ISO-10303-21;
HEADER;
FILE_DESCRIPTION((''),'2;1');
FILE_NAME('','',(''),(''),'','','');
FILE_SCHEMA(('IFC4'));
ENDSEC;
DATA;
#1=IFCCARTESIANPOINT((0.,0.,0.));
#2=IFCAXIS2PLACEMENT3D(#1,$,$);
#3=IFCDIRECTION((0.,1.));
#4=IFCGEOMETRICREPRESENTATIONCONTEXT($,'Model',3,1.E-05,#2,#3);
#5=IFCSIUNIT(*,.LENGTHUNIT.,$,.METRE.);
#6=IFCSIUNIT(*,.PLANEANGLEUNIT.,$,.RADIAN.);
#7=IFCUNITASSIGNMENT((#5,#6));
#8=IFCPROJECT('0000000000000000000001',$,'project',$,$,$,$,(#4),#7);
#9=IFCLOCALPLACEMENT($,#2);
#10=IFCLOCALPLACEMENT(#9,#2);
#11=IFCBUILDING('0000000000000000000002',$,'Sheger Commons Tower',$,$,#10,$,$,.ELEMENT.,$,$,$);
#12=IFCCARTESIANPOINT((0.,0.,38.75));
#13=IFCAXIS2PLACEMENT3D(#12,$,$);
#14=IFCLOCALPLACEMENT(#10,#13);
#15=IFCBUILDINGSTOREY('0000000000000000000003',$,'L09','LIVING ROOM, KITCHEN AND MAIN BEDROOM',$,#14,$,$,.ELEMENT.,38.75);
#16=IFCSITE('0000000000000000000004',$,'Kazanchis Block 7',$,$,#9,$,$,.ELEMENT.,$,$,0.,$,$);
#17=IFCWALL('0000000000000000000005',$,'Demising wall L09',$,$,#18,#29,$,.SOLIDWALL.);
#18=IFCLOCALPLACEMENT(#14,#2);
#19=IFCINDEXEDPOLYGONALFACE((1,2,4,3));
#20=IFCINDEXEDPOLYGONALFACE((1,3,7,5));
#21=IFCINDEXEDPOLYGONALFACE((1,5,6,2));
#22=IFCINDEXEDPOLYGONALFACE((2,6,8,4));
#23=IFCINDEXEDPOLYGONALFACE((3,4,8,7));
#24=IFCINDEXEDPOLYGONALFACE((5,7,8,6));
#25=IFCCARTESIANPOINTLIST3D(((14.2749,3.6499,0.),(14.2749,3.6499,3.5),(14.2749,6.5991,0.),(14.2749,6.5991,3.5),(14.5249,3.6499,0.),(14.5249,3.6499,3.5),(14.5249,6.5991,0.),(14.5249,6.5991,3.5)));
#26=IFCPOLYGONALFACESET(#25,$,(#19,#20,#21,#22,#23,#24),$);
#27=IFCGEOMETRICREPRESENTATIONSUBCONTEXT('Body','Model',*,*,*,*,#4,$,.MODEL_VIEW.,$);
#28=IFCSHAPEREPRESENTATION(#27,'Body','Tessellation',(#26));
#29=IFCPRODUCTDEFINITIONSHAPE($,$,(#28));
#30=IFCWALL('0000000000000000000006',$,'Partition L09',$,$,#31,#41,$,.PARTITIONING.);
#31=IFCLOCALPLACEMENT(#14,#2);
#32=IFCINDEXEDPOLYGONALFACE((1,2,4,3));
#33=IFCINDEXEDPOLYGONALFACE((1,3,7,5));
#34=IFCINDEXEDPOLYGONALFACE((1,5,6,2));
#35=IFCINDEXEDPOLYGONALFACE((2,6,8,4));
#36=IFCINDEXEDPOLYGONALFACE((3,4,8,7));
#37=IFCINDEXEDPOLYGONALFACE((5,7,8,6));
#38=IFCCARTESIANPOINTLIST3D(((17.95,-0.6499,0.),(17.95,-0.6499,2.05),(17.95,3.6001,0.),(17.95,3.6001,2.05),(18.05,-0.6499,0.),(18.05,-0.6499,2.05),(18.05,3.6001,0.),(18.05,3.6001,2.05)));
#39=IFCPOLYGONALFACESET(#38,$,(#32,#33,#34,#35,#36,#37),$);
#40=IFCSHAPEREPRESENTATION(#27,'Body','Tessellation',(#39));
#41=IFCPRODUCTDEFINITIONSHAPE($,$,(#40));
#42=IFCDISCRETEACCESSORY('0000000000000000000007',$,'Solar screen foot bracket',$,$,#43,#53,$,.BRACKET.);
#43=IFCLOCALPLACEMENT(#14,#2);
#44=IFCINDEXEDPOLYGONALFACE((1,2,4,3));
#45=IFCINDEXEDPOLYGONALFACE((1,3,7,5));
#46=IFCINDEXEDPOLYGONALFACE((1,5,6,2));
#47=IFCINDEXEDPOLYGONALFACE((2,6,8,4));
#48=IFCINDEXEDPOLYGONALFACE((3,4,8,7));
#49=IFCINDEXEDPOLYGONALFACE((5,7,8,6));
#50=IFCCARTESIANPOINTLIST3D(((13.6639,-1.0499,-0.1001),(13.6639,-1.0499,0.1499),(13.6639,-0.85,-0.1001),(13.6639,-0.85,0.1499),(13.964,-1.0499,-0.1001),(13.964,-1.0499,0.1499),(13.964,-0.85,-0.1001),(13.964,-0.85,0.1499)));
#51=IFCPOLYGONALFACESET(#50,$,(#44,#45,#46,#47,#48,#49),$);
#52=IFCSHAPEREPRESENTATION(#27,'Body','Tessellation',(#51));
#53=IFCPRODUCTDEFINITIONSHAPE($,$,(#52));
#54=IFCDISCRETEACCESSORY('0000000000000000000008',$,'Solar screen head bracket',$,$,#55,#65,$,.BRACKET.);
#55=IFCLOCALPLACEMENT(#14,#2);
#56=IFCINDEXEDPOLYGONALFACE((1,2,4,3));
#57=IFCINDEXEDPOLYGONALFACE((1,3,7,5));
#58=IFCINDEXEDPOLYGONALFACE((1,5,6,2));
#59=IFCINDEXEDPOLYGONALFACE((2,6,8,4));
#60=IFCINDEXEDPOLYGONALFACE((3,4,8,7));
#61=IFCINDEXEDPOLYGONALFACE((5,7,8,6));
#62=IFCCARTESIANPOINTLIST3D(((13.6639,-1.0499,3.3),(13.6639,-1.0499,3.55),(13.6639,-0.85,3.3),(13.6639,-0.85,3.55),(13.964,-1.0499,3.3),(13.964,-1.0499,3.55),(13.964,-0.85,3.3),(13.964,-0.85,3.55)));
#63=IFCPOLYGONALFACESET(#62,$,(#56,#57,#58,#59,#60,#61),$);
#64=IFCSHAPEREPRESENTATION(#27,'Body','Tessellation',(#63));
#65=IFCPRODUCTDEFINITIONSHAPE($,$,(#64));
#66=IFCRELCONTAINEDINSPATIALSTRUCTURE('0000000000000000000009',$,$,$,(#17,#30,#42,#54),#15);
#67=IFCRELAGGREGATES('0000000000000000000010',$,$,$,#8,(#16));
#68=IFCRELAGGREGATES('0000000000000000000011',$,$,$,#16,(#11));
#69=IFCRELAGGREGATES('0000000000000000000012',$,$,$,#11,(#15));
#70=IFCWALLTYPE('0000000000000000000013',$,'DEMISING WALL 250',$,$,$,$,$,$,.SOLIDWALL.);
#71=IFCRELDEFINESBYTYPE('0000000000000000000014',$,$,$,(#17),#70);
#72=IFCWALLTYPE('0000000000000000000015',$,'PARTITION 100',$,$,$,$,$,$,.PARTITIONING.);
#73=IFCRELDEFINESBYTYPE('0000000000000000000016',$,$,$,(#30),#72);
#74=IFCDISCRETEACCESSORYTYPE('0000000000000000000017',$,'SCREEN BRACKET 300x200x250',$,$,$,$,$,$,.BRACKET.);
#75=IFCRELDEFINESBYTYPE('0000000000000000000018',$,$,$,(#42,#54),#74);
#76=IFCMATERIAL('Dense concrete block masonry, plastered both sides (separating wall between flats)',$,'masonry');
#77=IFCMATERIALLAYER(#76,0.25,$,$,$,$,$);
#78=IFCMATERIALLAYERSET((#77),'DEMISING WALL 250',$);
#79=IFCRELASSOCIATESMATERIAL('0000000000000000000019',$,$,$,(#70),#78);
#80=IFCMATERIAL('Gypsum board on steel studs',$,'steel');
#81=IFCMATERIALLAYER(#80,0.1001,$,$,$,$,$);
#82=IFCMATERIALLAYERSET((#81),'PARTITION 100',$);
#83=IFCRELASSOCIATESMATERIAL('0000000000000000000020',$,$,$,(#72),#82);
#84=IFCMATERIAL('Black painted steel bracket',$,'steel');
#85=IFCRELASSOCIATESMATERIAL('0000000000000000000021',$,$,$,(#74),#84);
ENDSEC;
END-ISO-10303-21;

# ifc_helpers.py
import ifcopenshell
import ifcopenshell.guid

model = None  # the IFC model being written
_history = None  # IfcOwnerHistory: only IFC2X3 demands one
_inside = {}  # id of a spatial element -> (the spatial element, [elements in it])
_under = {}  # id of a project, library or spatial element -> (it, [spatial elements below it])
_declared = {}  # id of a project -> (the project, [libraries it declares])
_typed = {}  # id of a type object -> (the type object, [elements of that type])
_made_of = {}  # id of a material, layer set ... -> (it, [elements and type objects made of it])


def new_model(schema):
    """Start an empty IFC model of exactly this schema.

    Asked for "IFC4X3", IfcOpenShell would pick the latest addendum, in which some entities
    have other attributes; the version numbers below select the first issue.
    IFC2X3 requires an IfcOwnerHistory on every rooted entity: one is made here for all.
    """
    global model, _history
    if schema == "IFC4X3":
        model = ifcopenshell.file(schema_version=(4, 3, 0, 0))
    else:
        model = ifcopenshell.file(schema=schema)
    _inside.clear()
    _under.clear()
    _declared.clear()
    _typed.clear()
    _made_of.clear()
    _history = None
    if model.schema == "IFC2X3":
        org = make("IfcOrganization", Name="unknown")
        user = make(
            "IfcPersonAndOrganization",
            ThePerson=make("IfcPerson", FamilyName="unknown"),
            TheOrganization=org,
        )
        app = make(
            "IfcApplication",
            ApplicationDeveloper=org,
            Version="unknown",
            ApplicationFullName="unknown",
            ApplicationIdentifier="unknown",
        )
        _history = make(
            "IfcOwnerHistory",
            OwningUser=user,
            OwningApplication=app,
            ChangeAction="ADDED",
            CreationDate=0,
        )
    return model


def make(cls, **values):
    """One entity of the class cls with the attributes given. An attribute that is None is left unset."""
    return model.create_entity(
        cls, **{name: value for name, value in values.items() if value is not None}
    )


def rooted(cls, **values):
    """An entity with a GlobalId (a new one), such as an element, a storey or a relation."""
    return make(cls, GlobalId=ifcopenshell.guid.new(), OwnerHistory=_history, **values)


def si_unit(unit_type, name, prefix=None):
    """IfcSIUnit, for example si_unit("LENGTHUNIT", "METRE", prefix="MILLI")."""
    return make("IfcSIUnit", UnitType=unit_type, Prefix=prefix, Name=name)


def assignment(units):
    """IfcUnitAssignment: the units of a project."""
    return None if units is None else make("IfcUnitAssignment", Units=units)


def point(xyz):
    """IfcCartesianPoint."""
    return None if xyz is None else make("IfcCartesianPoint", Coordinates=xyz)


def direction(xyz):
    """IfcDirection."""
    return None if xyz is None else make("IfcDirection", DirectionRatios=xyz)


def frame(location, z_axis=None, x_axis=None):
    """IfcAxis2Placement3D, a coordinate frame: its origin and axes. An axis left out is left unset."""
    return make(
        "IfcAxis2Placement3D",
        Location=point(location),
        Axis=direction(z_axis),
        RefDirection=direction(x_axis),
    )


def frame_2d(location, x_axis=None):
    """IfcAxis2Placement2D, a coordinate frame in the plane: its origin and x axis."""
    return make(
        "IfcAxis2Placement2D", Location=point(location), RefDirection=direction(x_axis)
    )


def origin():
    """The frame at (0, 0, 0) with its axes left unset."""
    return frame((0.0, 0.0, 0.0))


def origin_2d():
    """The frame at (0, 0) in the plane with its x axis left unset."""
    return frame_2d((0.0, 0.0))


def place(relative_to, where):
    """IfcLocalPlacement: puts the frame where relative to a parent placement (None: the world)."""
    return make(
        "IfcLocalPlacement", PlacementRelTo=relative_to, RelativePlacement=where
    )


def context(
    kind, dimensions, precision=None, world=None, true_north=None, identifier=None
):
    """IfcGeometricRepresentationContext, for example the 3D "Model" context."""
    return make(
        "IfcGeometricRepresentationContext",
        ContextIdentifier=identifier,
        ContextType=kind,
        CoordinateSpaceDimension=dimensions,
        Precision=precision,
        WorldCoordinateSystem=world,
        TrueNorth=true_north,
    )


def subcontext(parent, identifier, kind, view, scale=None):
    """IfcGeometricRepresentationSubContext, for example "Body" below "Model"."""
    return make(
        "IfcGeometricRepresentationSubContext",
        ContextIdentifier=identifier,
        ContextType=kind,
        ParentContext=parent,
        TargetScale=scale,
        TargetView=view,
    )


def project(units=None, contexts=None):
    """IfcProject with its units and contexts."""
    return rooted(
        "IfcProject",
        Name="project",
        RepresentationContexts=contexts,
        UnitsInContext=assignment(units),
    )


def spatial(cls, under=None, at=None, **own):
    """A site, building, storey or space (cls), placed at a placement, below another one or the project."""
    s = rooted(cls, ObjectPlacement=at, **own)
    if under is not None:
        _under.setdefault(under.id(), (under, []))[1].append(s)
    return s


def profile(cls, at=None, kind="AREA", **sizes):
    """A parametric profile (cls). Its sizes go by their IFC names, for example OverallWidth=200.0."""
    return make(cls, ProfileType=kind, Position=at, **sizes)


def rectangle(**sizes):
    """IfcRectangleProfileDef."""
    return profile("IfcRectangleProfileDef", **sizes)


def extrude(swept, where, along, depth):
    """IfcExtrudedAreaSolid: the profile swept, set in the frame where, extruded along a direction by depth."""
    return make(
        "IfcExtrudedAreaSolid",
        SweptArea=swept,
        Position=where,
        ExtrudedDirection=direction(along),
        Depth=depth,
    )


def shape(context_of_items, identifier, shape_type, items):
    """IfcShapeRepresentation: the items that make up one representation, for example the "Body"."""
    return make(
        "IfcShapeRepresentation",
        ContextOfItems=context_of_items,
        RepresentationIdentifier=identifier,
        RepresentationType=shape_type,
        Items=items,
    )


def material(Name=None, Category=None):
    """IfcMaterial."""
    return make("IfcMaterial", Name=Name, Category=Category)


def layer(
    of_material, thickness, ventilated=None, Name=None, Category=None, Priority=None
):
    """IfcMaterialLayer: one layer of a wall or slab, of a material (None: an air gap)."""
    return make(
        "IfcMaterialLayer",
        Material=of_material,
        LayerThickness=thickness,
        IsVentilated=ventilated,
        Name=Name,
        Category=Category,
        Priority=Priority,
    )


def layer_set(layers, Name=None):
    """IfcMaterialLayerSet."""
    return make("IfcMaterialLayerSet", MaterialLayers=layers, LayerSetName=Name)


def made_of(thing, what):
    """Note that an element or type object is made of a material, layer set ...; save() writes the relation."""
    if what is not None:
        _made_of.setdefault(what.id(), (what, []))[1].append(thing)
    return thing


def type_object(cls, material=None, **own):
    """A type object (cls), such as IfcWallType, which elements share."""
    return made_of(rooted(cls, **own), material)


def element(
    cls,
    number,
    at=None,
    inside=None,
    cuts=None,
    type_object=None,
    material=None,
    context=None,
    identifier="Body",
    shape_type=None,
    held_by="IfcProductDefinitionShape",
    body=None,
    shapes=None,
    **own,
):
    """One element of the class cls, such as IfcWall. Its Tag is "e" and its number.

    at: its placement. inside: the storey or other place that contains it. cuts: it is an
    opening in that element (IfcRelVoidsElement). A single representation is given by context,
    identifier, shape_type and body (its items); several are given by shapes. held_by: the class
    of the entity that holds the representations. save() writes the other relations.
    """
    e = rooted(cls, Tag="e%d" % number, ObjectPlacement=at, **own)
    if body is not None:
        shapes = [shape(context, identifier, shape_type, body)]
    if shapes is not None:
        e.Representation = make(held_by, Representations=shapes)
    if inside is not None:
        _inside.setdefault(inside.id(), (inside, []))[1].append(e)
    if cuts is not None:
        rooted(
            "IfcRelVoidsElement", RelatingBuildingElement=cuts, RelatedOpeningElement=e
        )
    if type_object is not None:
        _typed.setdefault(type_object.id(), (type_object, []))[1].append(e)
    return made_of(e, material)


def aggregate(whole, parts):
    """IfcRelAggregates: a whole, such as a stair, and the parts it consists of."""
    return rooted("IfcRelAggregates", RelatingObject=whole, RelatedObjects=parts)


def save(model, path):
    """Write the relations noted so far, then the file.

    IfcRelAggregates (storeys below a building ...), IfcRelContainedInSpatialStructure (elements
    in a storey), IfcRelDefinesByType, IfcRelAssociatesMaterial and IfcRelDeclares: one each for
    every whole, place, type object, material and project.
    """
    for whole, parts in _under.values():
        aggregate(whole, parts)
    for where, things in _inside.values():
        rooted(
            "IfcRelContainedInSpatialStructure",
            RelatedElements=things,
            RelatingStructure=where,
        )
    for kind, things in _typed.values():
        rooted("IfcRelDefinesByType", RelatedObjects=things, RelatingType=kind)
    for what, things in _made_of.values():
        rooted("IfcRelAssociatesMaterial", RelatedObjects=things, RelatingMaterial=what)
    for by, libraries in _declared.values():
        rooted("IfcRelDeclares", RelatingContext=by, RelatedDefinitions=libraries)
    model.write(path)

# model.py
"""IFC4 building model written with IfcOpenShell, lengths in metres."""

from ifc_helpers import new_model, si_unit, direction, frame, frame_2d, origin, origin_2d, place, context, subcontext, project, spatial, rectangle, extrude, material, layer, layer_set, type_object, element, save


model = new_model("IFC4")

# Units and contexts
model_context = context("Model", 3, precision=1e-05, world=origin(), true_north=direction((0.0, 1.0)))
body_context = subcontext(model_context, "Body", "Model", "MODEL_VIEW")
ifc_project = project(units=[si_unit("LENGTHUNIT", "METRE"), si_unit("PLANEANGLEUNIT", "RADIAN")], contexts=[model_context])

# Site, building, storey
site_placement = place(None, origin())
site = spatial("IfcSite", under=ifc_project, at=site_placement, Name="Kazanchis Block 7", CompositionType="ELEMENT", RefElevation=0.0)
building_placement = place(site_placement, origin())
building = spatial("IfcBuilding", under=site, at=building_placement, Name="Sheger Commons Tower", CompositionType="ELEMENT")
storey_placement = place(building_placement, frame((0.0, 0.0, 38.75)))
storey = spatial("IfcBuildingStorey", under=building, at=storey_placement, Name="L09", Description="LIVING ROOM, KITCHEN AND MAIN BEDROOM", CompositionType="ELEMENT", Elevation=38.75)

# Walls
ifc_material_1 = material(Name="Dense concrete block masonry, plastered both sides (separating wall between flats)", Category="masonry")
ifc_layer_1 = layer(ifc_material_1, 0.25)
ifc_layer_set_1 = layer_set([ifc_layer_1], Name="DEMISING WALL 250")
wall_type_1 = type_object("IfcWallType", Name="DEMISING WALL 250", PredefinedType="SOLIDWALL", material=ifc_layer_set_1)
wall_1_placement = place(storey_placement, frame((14.3999, 3.6499, 0.0), z_axis=(0.0, 0.0, 1.0), x_axis=(0.0, 1.0, 0.0)))
element("IfcWall", 1, at=wall_1_placement, inside=storey, type_object=wall_type_1, Name="Demising wall L09", PredefinedType="SOLIDWALL", context=body_context, shape_type="SweptSolid", body=[
    extrude(rectangle(XDim=2.9492, YDim=0.25, at=frame_2d((1.4746, 0.0))), origin(), (0.0, 0.0, 1.0), 3.5),
])
ifc_material_2 = material(Name="Gypsum board on steel studs", Category="steel")
ifc_layer_2 = layer(ifc_material_2, 0.1001)
ifc_layer_set_2 = layer_set([ifc_layer_2], Name="PARTITION 100")
wall_type_2 = type_object("IfcWallType", Name="PARTITION 100", PredefinedType="PARTITIONING", material=ifc_layer_set_2)
wall_2_placement = place(storey_placement, frame((18.0, -0.6499, 0.0), z_axis=(0.0, 0.0, 1.0), x_axis=(0.0, 1.0, 0.0)))
element("IfcWall", 2, at=wall_2_placement, inside=storey, type_object=wall_type_2, Name="Partition L09", PredefinedType="PARTITIONING", context=body_context, shape_type="SweptSolid", body=[
    extrude(rectangle(XDim=4.25, YDim=0.1001, at=frame_2d((2.125, 0.0))), origin(), (0.0, 0.0, 1.0), 2.05),
])

# Discrete accessories
ifc_material_3 = material(Name="Black painted steel bracket", Category="steel")
discrete_accessory_type = type_object("IfcDiscreteAccessoryType", Name="SCREEN BRACKET 300x200x250", PredefinedType="BRACKET", material=ifc_material_3)
for number, where, z_axis, x_axis, name in (
    (3, (13.814, -0.95, -0.1001), (0.0, 0.0, 1.0), (1.0, 0.0, 0.0), "Solar screen foot bracket"),
    (4, (13.814, -0.95, 3.3), (0.0, 0.0, 1.0), (1.0, 0.0, 0.0), "Solar screen head bracket"),
):
    element("IfcDiscreteAccessory", number, at=place(storey_placement, frame(where, z_axis=z_axis, x_axis=x_axis)), inside=storey, type_object=discrete_accessory_type, Name=name, PredefinedType="BRACKET", context=body_context, shape_type="SweptSolid", body=[
        extrude(rectangle(XDim=0.3, YDim=0.2, at=origin_2d()), origin(), (0.0, 0.0, 1.0), 0.25),
    ])

save(model, "model.ifc")
